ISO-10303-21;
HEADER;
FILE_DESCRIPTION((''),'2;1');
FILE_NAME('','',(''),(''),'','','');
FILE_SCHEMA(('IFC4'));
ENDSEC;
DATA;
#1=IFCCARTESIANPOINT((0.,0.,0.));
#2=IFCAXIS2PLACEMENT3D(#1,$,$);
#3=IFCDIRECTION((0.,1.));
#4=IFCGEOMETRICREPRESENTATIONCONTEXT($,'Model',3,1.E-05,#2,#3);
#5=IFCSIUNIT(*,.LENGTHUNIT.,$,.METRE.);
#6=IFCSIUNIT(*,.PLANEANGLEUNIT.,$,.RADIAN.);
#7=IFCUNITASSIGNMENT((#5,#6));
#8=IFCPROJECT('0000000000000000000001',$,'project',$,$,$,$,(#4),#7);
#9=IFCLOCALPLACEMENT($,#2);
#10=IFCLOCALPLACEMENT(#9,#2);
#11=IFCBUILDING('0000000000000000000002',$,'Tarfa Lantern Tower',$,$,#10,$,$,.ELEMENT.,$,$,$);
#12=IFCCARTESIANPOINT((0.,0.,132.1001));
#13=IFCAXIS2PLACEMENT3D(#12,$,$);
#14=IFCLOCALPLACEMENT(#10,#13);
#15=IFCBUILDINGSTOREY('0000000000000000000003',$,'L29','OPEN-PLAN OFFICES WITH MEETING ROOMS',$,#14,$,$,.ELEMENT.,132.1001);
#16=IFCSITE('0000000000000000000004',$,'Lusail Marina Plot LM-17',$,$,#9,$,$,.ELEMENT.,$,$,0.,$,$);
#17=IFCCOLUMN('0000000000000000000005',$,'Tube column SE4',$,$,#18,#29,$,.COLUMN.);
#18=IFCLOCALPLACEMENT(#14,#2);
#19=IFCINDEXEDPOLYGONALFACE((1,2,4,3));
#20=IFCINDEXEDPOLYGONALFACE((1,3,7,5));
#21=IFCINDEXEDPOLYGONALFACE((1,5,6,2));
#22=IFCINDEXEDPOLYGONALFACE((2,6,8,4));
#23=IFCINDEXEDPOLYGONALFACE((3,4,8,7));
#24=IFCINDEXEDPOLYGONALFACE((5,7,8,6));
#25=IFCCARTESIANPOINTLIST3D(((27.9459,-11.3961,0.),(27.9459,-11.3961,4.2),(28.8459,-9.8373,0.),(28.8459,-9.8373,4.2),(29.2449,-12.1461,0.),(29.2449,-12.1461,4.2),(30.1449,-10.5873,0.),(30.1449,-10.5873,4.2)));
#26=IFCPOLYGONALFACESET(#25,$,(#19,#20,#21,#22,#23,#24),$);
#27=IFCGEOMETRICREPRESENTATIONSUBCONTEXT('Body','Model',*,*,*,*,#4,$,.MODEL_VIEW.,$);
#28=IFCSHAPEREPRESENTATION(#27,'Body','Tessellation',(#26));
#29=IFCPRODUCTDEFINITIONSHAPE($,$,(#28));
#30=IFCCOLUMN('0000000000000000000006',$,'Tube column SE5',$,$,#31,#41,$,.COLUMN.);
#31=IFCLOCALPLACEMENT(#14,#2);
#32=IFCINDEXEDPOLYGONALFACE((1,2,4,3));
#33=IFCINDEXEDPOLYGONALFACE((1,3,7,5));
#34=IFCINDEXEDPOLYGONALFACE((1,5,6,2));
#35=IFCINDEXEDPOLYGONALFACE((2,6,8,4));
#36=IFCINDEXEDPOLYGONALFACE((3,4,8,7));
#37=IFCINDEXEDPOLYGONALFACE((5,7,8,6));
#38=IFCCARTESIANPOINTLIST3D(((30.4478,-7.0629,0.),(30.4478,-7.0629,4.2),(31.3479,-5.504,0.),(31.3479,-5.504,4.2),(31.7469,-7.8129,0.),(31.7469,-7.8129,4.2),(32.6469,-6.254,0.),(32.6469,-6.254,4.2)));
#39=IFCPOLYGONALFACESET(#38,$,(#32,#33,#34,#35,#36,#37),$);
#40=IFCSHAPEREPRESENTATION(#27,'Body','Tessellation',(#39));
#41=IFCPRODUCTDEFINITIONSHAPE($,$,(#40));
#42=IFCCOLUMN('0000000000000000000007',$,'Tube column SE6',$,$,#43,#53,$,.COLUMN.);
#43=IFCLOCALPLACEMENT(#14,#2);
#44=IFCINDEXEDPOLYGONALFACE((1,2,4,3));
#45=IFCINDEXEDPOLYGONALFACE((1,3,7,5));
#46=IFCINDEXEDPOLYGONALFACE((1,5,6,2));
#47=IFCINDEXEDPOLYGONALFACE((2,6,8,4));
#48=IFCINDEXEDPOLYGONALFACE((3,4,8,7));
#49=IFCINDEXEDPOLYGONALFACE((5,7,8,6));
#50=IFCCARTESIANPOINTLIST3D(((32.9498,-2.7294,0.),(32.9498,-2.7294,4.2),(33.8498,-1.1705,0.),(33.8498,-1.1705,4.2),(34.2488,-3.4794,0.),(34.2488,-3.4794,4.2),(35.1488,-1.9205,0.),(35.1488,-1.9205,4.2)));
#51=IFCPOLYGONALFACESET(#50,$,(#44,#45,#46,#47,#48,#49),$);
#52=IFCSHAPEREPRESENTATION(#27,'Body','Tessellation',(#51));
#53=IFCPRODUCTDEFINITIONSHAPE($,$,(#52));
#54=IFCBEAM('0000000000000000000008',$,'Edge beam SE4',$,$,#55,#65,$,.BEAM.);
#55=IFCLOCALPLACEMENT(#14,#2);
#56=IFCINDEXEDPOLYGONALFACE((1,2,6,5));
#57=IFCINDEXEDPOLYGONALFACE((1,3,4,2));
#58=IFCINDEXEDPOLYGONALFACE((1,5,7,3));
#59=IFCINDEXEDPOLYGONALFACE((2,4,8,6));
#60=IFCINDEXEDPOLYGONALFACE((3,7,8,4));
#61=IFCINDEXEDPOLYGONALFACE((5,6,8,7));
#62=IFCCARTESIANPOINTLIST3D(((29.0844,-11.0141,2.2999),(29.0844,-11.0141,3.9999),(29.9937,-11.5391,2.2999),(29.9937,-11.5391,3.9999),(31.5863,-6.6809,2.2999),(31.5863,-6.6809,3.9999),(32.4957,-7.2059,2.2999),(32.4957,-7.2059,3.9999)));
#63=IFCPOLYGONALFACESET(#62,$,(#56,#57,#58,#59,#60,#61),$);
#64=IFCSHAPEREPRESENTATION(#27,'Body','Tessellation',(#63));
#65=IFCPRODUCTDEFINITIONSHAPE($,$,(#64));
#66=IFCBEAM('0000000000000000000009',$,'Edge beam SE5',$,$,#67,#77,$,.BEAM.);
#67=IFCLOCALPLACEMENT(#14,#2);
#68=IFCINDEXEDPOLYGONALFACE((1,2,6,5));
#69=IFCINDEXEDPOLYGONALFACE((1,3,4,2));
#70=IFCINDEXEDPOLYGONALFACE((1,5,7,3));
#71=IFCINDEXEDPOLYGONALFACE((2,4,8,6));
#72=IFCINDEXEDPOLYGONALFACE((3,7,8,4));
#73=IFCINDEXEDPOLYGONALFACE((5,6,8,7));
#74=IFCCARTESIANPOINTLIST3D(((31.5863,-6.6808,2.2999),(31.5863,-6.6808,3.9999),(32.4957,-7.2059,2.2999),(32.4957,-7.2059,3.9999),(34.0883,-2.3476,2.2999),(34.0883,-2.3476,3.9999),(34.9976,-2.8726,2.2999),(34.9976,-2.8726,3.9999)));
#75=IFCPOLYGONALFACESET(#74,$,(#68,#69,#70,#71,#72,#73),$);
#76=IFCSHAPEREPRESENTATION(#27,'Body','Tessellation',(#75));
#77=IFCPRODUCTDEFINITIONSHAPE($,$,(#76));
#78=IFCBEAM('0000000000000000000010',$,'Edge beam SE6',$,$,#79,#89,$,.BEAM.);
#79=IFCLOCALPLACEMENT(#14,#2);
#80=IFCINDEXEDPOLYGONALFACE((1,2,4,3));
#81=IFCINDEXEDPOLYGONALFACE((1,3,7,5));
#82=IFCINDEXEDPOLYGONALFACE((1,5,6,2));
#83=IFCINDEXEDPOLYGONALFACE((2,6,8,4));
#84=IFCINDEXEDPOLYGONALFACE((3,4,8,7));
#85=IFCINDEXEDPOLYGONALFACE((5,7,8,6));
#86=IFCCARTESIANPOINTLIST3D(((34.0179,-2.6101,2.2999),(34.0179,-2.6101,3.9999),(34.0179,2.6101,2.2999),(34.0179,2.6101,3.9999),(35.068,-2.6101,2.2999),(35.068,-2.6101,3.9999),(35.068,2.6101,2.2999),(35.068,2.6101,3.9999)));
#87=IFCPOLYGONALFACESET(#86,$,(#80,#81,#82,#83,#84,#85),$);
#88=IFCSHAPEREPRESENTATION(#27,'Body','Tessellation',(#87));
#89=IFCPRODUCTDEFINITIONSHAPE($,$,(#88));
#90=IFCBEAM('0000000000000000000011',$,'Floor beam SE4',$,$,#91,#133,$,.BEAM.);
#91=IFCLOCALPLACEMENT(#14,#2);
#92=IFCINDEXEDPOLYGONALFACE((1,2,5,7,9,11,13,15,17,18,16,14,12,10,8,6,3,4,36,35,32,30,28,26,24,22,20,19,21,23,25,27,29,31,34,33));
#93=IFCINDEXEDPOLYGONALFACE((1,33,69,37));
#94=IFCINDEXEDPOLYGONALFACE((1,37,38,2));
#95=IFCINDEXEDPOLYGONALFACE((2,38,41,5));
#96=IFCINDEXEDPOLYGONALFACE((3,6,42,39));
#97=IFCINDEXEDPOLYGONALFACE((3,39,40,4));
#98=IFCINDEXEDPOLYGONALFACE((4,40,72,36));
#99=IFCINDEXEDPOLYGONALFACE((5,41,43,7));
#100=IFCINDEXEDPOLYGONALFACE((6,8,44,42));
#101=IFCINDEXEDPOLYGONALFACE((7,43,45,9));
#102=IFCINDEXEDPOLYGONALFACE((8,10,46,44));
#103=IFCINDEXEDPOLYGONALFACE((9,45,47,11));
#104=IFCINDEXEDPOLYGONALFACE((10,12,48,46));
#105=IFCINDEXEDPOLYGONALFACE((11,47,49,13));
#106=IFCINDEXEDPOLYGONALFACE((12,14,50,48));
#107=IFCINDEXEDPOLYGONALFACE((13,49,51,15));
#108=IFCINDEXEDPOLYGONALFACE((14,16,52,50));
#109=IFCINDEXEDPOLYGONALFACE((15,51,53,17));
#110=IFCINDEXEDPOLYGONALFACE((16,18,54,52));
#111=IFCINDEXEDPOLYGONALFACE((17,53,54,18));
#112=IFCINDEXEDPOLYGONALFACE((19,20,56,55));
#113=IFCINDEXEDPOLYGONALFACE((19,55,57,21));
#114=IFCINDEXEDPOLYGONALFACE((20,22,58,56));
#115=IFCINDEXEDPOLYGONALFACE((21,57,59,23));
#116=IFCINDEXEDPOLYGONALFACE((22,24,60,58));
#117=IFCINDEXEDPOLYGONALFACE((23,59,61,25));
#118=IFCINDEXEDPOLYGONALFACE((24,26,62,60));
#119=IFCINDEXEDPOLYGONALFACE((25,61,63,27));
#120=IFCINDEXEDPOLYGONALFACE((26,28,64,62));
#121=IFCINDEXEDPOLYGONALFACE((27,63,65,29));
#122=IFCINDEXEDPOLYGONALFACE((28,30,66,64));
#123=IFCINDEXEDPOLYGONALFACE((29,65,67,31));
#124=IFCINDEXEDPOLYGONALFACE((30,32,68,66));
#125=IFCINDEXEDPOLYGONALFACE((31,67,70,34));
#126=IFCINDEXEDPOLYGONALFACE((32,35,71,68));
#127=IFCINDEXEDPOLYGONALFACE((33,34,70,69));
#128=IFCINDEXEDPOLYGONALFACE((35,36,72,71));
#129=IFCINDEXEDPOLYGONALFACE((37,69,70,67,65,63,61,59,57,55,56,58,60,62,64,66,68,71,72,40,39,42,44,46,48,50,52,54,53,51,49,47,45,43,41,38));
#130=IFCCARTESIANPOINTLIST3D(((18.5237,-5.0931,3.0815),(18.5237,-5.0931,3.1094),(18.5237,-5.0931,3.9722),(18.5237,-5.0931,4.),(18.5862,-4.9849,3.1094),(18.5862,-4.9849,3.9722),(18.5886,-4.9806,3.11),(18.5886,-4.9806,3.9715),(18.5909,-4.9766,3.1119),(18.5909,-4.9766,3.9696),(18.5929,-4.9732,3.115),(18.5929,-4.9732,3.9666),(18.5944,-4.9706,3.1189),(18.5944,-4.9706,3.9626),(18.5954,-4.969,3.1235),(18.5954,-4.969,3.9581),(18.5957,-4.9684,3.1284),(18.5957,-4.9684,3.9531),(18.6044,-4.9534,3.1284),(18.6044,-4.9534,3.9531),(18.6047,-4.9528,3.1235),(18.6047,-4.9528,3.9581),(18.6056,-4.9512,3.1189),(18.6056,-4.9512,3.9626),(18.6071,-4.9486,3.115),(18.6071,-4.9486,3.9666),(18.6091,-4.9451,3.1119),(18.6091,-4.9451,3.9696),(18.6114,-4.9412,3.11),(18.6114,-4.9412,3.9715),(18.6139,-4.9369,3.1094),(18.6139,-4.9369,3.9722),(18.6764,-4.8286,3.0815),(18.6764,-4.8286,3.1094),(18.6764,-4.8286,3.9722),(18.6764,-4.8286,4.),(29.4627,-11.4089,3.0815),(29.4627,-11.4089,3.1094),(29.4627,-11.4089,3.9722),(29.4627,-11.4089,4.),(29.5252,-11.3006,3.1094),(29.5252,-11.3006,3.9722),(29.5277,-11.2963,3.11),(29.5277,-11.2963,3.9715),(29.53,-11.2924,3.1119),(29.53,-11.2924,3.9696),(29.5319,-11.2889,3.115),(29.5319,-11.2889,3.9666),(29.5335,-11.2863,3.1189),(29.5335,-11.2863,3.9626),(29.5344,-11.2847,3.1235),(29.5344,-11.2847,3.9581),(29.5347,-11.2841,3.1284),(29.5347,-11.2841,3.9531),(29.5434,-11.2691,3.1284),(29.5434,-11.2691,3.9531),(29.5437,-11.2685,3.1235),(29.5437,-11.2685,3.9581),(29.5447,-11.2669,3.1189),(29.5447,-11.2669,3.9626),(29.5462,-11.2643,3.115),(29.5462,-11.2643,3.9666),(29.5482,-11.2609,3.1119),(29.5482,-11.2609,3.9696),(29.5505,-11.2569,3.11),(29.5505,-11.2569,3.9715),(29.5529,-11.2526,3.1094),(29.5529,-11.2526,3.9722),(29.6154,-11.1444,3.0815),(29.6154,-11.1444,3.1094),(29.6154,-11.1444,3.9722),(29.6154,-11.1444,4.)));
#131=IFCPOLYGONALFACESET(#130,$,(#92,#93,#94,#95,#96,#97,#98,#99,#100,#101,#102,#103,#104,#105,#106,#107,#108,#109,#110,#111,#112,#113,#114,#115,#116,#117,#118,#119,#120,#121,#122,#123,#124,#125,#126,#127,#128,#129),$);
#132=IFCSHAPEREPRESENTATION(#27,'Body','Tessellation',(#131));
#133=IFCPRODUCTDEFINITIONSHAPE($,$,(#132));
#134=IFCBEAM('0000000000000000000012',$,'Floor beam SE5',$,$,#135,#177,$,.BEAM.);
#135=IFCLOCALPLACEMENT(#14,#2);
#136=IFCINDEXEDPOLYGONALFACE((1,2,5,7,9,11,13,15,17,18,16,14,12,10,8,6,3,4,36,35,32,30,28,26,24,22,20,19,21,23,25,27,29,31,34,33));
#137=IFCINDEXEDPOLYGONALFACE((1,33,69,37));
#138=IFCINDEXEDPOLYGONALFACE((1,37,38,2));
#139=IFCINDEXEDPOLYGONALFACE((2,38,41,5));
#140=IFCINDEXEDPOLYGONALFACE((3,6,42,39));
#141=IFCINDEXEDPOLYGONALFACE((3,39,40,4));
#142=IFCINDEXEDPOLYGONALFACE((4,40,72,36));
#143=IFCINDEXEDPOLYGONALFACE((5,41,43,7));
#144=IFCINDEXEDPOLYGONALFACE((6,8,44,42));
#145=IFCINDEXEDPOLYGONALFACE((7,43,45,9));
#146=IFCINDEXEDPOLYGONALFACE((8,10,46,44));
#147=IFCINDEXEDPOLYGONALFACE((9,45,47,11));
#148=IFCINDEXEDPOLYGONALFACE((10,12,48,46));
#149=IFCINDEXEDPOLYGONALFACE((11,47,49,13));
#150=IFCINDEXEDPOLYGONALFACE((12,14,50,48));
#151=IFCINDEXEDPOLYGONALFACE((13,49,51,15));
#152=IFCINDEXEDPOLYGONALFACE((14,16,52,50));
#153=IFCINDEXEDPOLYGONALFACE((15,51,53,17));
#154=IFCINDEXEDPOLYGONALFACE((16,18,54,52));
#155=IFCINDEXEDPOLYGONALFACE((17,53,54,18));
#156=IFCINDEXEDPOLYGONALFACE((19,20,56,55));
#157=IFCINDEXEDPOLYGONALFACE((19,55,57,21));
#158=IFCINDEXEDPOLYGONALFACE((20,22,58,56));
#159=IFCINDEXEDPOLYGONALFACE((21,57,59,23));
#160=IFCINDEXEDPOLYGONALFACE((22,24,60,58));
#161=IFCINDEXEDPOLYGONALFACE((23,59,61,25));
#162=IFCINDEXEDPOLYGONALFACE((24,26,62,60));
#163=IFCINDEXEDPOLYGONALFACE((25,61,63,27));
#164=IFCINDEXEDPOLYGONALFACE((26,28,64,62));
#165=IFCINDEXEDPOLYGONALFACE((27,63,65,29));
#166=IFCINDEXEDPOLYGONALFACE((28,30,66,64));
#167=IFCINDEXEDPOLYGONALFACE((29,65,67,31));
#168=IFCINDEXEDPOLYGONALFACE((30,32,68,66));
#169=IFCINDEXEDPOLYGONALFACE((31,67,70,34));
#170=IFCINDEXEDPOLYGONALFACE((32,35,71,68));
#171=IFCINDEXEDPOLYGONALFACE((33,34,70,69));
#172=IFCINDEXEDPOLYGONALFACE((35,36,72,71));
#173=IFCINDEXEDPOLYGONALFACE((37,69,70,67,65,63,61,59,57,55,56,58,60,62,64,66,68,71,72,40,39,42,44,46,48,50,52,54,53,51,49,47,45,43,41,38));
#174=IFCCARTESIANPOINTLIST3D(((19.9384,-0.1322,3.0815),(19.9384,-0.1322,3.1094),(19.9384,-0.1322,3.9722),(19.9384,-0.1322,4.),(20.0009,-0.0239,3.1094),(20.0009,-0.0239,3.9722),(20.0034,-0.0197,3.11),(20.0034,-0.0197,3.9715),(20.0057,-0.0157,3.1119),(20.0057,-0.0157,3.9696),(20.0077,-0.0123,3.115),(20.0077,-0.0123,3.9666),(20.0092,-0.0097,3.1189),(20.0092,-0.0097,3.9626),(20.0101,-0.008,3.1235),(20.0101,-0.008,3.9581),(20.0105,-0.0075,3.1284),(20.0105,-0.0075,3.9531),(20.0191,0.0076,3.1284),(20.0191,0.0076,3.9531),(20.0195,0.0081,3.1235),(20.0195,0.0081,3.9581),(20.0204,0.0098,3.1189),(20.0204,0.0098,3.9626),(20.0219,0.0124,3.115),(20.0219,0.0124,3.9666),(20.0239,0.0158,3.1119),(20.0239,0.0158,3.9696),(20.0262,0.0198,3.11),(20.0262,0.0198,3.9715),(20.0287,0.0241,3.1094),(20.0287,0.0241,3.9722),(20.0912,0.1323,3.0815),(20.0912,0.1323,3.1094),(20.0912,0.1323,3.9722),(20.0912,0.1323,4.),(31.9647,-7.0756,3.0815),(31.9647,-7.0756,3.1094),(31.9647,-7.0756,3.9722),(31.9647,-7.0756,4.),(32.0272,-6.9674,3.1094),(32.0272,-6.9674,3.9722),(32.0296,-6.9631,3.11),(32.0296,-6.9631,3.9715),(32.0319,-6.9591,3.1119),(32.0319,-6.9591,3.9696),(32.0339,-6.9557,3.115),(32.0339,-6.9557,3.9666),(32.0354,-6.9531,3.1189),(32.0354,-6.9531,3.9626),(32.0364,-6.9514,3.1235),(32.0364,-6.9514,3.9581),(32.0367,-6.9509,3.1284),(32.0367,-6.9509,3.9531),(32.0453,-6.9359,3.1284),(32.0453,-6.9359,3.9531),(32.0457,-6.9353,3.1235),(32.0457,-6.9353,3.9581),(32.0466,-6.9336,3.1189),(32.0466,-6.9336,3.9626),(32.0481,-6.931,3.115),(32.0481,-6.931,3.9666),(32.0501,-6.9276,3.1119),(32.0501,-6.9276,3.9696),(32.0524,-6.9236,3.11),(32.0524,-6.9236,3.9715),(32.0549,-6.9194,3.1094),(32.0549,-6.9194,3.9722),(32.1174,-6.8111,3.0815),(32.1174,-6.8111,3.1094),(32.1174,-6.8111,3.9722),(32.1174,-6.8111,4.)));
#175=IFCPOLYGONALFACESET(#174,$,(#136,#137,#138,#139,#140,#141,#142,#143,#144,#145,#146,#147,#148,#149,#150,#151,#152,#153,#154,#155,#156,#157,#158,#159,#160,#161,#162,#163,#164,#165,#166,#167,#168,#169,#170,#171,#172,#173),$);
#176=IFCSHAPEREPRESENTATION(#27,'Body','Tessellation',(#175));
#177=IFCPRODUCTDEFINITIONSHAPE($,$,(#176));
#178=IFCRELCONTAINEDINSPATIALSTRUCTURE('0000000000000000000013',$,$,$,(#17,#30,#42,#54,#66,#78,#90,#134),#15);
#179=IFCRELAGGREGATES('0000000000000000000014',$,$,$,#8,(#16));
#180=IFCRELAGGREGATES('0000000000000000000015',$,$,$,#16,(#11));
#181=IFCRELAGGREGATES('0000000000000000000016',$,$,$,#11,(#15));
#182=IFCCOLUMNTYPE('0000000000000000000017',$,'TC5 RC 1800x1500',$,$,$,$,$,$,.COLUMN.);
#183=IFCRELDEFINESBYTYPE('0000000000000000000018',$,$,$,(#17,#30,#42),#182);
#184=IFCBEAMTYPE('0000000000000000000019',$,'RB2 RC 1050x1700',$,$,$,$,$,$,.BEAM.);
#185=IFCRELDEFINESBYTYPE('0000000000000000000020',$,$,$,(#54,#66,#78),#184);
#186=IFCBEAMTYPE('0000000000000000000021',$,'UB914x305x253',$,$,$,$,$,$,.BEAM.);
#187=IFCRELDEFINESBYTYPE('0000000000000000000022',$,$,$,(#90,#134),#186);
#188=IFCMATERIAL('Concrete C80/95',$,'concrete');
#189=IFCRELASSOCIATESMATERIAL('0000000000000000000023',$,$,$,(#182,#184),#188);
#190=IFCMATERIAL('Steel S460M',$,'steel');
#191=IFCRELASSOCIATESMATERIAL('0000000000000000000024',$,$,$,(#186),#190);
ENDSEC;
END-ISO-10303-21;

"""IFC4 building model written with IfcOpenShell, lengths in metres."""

from ifc_helpers import new_model, si_unit, direction, frame, origin, origin_2d, place, context, subcontext, project, spatial, rectangle, i_section, extrude, material, material_profile, profile_set, type_object, element, save


model = new_model("IFC4")

# Units and contexts
model_context = context("Model", 3, precision=1e-05, world=origin(), true_north=direction((0.0, 1.0)))
body_context = subcontext(model_context, "Body", "Model", "MODEL_VIEW")
ifc_project = project(units=[si_unit("LENGTHUNIT", "METRE"), si_unit("PLANEANGLEUNIT", "RADIAN")], contexts=[model_context])

# Site, building, storey
site_placement = place(None, origin())
site = spatial("IfcSite", under=ifc_project, at=site_placement, Name="Lusail Marina Plot LM-17", CompositionType="ELEMENT", RefElevation=0.0)
building_placement = place(site_placement, origin())
building = spatial("IfcBuilding", under=site, at=building_placement, Name="Tarfa Lantern Tower", CompositionType="ELEMENT")
storey_placement = place(building_placement, frame((0.0, 0.0, 132.1001)))
storey = spatial("IfcBuildingStorey", under=building, at=storey_placement, Name="L29", Description="OPEN-PLAN OFFICES WITH MEETING ROOMS", CompositionType="ELEMENT", Elevation=132.1001)

# Columns
ifc_material_1 = material(Name="Concrete C80/95", Category="concrete")
ifc_material_profile_1 = material_profile(ifc_material_1, rectangle(XDim=1.8, YDim=1.5, at=origin_2d()), Name="RC 1800x1500")
ifc_profile_set_1 = profile_set([ifc_material_profile_1], Name="Concrete C80/95")
column_type = type_object("IfcColumnType", Name="TC5 RC 1800x1500", PredefinedType="COLUMN", material=ifc_profile_set_1)
for number, where, z_axis, x_axis, name in (
    (1, (29.0454, -10.9917, 0.0), (0.0, 0.0, 1.0), (0.5, 0.866025, 0.0), "Tube column SE4"),
    (2, (31.5474, -6.6584, 0.0), (0.0, 0.0, 1.0), (0.5, 0.866025, 0.0), "Tube column SE5"),
    (3, (34.0493, -2.325, 0.0), (0.0, 0.0, 1.0), (0.5, 0.866025, 0.0), "Tube column SE6"),
):
    element("IfcColumn", number, at=place(storey_placement, frame(where, z_axis=z_axis, x_axis=x_axis)), inside=storey, type_object=column_type, Name=name, PredefinedType="COLUMN", context=body_context, shape_type="SweptSolid", body=[
        extrude(rectangle(XDim=1.8, YDim=1.5, at=origin_2d()), origin(), (0.0, 0.0, 1.0), 4.2),
    ])

# Beams
ifc_material_profile_2 = material_profile(ifc_material_1, rectangle(XDim=1.05, YDim=1.7, at=origin_2d()), Name="RC 1050x1700")
ifc_profile_set_2 = profile_set([ifc_material_profile_2], Name="Concrete C80/95")
beam_type_1 = type_object("IfcBeamType", Name="RB2 RC 1050x1700", PredefinedType="BEAM", material=ifc_profile_set_2)
for number, where, z_axis, x_axis, name in (
    (4, (29.5391, -11.2766, 3.1499), (0.500022, 0.866013, 0.0), (-0.866013, 0.500022, 0.0), "Edge beam SE4"),
    (5, (32.041, -6.9434, 3.1499), (0.500022, 0.866013, 0.0), (-0.866013, 0.500022, 0.0), "Edge beam SE5"),
):
    element("IfcBeam", number, at=place(storey_placement, frame(where, z_axis=z_axis, x_axis=x_axis)), inside=storey, type_object=beam_type_1, Name=name, PredefinedType="BEAM", context=body_context, shape_type="SweptSolid", body=[
        extrude(rectangle(XDim=1.05, YDim=1.7, at=origin_2d()), origin(), (0.0, 0.0, 1.0), 5.0037),
    ])
beam_1_placement = place(storey_placement, frame((34.543, -2.6101, 3.1499), z_axis=(0.0, 1.0, 0.0), x_axis=(-1.0, 0.0, 0.0)))
element("IfcBeam", 6, at=beam_1_placement, inside=storey, type_object=beam_type_1, Name="Edge beam SE6", PredefinedType="BEAM", context=body_context, shape_type="SweptSolid", body=[
    extrude(rectangle(XDim=1.05, YDim=1.7, at=origin_2d()), origin(), (0.0, 0.0, 1.0), 5.2202),
])
ifc_material_2 = material(Name="Steel S460M", Category="steel")
ifc_material_profile_3 = material_profile(ifc_material_2, i_section(OverallWidth=0.3054, OverallDepth=0.9185, WebThickness=0.0173, FlangeThickness=0.0278, FilletRadius=0.019, at=origin_2d()), Name="UB914x305x253")
ifc_profile_set_3 = profile_set([ifc_material_profile_3], Name="Steel S460M")
beam_type_2 = type_object("IfcBeamType", Name="UB914x305x253", PredefinedType="BEAM", material=ifc_profile_set_3)
beam_2_placement = place(storey_placement, frame((29.5391, -11.2766, 3.5408), z_axis=(-0.866023, 0.500004, 0.0), x_axis=(-0.500004, -0.866023, 0.0)))
element("IfcBeam", 7, at=beam_2_placement, inside=storey, type_object=beam_type_2, Name="Floor beam SE4", PredefinedType="BEAM", context=body_context, shape_type="SweptSolid", body=[
    extrude(i_section(OverallWidth=0.3054, OverallDepth=0.9185, WebThickness=0.0173, FlangeThickness=0.0278, FilletRadius=0.019, at=origin_2d()), origin(), (0.0, 0.0, 1.0), 12.6313),
])
beam_3_placement = place(storey_placement, frame((32.041, -6.9434, 3.5408), z_axis=(-0.866023, 0.500004, 0.0), x_axis=(-0.500004, -0.866023, 0.0)))
element("IfcBeam", 8, at=beam_3_placement, inside=storey, type_object=beam_type_2, Name="Floor beam SE5", PredefinedType="BEAM", context=body_context, shape_type="SweptSolid", body=[
    extrude(i_section(OverallWidth=0.3054, OverallDepth=0.9185, WebThickness=0.0173, FlangeThickness=0.0278, FilletRadius=0.019, at=origin_2d()), origin(), (0.0, 0.0, 1.0), 13.8867),
])

save(model, "model.ifc")
